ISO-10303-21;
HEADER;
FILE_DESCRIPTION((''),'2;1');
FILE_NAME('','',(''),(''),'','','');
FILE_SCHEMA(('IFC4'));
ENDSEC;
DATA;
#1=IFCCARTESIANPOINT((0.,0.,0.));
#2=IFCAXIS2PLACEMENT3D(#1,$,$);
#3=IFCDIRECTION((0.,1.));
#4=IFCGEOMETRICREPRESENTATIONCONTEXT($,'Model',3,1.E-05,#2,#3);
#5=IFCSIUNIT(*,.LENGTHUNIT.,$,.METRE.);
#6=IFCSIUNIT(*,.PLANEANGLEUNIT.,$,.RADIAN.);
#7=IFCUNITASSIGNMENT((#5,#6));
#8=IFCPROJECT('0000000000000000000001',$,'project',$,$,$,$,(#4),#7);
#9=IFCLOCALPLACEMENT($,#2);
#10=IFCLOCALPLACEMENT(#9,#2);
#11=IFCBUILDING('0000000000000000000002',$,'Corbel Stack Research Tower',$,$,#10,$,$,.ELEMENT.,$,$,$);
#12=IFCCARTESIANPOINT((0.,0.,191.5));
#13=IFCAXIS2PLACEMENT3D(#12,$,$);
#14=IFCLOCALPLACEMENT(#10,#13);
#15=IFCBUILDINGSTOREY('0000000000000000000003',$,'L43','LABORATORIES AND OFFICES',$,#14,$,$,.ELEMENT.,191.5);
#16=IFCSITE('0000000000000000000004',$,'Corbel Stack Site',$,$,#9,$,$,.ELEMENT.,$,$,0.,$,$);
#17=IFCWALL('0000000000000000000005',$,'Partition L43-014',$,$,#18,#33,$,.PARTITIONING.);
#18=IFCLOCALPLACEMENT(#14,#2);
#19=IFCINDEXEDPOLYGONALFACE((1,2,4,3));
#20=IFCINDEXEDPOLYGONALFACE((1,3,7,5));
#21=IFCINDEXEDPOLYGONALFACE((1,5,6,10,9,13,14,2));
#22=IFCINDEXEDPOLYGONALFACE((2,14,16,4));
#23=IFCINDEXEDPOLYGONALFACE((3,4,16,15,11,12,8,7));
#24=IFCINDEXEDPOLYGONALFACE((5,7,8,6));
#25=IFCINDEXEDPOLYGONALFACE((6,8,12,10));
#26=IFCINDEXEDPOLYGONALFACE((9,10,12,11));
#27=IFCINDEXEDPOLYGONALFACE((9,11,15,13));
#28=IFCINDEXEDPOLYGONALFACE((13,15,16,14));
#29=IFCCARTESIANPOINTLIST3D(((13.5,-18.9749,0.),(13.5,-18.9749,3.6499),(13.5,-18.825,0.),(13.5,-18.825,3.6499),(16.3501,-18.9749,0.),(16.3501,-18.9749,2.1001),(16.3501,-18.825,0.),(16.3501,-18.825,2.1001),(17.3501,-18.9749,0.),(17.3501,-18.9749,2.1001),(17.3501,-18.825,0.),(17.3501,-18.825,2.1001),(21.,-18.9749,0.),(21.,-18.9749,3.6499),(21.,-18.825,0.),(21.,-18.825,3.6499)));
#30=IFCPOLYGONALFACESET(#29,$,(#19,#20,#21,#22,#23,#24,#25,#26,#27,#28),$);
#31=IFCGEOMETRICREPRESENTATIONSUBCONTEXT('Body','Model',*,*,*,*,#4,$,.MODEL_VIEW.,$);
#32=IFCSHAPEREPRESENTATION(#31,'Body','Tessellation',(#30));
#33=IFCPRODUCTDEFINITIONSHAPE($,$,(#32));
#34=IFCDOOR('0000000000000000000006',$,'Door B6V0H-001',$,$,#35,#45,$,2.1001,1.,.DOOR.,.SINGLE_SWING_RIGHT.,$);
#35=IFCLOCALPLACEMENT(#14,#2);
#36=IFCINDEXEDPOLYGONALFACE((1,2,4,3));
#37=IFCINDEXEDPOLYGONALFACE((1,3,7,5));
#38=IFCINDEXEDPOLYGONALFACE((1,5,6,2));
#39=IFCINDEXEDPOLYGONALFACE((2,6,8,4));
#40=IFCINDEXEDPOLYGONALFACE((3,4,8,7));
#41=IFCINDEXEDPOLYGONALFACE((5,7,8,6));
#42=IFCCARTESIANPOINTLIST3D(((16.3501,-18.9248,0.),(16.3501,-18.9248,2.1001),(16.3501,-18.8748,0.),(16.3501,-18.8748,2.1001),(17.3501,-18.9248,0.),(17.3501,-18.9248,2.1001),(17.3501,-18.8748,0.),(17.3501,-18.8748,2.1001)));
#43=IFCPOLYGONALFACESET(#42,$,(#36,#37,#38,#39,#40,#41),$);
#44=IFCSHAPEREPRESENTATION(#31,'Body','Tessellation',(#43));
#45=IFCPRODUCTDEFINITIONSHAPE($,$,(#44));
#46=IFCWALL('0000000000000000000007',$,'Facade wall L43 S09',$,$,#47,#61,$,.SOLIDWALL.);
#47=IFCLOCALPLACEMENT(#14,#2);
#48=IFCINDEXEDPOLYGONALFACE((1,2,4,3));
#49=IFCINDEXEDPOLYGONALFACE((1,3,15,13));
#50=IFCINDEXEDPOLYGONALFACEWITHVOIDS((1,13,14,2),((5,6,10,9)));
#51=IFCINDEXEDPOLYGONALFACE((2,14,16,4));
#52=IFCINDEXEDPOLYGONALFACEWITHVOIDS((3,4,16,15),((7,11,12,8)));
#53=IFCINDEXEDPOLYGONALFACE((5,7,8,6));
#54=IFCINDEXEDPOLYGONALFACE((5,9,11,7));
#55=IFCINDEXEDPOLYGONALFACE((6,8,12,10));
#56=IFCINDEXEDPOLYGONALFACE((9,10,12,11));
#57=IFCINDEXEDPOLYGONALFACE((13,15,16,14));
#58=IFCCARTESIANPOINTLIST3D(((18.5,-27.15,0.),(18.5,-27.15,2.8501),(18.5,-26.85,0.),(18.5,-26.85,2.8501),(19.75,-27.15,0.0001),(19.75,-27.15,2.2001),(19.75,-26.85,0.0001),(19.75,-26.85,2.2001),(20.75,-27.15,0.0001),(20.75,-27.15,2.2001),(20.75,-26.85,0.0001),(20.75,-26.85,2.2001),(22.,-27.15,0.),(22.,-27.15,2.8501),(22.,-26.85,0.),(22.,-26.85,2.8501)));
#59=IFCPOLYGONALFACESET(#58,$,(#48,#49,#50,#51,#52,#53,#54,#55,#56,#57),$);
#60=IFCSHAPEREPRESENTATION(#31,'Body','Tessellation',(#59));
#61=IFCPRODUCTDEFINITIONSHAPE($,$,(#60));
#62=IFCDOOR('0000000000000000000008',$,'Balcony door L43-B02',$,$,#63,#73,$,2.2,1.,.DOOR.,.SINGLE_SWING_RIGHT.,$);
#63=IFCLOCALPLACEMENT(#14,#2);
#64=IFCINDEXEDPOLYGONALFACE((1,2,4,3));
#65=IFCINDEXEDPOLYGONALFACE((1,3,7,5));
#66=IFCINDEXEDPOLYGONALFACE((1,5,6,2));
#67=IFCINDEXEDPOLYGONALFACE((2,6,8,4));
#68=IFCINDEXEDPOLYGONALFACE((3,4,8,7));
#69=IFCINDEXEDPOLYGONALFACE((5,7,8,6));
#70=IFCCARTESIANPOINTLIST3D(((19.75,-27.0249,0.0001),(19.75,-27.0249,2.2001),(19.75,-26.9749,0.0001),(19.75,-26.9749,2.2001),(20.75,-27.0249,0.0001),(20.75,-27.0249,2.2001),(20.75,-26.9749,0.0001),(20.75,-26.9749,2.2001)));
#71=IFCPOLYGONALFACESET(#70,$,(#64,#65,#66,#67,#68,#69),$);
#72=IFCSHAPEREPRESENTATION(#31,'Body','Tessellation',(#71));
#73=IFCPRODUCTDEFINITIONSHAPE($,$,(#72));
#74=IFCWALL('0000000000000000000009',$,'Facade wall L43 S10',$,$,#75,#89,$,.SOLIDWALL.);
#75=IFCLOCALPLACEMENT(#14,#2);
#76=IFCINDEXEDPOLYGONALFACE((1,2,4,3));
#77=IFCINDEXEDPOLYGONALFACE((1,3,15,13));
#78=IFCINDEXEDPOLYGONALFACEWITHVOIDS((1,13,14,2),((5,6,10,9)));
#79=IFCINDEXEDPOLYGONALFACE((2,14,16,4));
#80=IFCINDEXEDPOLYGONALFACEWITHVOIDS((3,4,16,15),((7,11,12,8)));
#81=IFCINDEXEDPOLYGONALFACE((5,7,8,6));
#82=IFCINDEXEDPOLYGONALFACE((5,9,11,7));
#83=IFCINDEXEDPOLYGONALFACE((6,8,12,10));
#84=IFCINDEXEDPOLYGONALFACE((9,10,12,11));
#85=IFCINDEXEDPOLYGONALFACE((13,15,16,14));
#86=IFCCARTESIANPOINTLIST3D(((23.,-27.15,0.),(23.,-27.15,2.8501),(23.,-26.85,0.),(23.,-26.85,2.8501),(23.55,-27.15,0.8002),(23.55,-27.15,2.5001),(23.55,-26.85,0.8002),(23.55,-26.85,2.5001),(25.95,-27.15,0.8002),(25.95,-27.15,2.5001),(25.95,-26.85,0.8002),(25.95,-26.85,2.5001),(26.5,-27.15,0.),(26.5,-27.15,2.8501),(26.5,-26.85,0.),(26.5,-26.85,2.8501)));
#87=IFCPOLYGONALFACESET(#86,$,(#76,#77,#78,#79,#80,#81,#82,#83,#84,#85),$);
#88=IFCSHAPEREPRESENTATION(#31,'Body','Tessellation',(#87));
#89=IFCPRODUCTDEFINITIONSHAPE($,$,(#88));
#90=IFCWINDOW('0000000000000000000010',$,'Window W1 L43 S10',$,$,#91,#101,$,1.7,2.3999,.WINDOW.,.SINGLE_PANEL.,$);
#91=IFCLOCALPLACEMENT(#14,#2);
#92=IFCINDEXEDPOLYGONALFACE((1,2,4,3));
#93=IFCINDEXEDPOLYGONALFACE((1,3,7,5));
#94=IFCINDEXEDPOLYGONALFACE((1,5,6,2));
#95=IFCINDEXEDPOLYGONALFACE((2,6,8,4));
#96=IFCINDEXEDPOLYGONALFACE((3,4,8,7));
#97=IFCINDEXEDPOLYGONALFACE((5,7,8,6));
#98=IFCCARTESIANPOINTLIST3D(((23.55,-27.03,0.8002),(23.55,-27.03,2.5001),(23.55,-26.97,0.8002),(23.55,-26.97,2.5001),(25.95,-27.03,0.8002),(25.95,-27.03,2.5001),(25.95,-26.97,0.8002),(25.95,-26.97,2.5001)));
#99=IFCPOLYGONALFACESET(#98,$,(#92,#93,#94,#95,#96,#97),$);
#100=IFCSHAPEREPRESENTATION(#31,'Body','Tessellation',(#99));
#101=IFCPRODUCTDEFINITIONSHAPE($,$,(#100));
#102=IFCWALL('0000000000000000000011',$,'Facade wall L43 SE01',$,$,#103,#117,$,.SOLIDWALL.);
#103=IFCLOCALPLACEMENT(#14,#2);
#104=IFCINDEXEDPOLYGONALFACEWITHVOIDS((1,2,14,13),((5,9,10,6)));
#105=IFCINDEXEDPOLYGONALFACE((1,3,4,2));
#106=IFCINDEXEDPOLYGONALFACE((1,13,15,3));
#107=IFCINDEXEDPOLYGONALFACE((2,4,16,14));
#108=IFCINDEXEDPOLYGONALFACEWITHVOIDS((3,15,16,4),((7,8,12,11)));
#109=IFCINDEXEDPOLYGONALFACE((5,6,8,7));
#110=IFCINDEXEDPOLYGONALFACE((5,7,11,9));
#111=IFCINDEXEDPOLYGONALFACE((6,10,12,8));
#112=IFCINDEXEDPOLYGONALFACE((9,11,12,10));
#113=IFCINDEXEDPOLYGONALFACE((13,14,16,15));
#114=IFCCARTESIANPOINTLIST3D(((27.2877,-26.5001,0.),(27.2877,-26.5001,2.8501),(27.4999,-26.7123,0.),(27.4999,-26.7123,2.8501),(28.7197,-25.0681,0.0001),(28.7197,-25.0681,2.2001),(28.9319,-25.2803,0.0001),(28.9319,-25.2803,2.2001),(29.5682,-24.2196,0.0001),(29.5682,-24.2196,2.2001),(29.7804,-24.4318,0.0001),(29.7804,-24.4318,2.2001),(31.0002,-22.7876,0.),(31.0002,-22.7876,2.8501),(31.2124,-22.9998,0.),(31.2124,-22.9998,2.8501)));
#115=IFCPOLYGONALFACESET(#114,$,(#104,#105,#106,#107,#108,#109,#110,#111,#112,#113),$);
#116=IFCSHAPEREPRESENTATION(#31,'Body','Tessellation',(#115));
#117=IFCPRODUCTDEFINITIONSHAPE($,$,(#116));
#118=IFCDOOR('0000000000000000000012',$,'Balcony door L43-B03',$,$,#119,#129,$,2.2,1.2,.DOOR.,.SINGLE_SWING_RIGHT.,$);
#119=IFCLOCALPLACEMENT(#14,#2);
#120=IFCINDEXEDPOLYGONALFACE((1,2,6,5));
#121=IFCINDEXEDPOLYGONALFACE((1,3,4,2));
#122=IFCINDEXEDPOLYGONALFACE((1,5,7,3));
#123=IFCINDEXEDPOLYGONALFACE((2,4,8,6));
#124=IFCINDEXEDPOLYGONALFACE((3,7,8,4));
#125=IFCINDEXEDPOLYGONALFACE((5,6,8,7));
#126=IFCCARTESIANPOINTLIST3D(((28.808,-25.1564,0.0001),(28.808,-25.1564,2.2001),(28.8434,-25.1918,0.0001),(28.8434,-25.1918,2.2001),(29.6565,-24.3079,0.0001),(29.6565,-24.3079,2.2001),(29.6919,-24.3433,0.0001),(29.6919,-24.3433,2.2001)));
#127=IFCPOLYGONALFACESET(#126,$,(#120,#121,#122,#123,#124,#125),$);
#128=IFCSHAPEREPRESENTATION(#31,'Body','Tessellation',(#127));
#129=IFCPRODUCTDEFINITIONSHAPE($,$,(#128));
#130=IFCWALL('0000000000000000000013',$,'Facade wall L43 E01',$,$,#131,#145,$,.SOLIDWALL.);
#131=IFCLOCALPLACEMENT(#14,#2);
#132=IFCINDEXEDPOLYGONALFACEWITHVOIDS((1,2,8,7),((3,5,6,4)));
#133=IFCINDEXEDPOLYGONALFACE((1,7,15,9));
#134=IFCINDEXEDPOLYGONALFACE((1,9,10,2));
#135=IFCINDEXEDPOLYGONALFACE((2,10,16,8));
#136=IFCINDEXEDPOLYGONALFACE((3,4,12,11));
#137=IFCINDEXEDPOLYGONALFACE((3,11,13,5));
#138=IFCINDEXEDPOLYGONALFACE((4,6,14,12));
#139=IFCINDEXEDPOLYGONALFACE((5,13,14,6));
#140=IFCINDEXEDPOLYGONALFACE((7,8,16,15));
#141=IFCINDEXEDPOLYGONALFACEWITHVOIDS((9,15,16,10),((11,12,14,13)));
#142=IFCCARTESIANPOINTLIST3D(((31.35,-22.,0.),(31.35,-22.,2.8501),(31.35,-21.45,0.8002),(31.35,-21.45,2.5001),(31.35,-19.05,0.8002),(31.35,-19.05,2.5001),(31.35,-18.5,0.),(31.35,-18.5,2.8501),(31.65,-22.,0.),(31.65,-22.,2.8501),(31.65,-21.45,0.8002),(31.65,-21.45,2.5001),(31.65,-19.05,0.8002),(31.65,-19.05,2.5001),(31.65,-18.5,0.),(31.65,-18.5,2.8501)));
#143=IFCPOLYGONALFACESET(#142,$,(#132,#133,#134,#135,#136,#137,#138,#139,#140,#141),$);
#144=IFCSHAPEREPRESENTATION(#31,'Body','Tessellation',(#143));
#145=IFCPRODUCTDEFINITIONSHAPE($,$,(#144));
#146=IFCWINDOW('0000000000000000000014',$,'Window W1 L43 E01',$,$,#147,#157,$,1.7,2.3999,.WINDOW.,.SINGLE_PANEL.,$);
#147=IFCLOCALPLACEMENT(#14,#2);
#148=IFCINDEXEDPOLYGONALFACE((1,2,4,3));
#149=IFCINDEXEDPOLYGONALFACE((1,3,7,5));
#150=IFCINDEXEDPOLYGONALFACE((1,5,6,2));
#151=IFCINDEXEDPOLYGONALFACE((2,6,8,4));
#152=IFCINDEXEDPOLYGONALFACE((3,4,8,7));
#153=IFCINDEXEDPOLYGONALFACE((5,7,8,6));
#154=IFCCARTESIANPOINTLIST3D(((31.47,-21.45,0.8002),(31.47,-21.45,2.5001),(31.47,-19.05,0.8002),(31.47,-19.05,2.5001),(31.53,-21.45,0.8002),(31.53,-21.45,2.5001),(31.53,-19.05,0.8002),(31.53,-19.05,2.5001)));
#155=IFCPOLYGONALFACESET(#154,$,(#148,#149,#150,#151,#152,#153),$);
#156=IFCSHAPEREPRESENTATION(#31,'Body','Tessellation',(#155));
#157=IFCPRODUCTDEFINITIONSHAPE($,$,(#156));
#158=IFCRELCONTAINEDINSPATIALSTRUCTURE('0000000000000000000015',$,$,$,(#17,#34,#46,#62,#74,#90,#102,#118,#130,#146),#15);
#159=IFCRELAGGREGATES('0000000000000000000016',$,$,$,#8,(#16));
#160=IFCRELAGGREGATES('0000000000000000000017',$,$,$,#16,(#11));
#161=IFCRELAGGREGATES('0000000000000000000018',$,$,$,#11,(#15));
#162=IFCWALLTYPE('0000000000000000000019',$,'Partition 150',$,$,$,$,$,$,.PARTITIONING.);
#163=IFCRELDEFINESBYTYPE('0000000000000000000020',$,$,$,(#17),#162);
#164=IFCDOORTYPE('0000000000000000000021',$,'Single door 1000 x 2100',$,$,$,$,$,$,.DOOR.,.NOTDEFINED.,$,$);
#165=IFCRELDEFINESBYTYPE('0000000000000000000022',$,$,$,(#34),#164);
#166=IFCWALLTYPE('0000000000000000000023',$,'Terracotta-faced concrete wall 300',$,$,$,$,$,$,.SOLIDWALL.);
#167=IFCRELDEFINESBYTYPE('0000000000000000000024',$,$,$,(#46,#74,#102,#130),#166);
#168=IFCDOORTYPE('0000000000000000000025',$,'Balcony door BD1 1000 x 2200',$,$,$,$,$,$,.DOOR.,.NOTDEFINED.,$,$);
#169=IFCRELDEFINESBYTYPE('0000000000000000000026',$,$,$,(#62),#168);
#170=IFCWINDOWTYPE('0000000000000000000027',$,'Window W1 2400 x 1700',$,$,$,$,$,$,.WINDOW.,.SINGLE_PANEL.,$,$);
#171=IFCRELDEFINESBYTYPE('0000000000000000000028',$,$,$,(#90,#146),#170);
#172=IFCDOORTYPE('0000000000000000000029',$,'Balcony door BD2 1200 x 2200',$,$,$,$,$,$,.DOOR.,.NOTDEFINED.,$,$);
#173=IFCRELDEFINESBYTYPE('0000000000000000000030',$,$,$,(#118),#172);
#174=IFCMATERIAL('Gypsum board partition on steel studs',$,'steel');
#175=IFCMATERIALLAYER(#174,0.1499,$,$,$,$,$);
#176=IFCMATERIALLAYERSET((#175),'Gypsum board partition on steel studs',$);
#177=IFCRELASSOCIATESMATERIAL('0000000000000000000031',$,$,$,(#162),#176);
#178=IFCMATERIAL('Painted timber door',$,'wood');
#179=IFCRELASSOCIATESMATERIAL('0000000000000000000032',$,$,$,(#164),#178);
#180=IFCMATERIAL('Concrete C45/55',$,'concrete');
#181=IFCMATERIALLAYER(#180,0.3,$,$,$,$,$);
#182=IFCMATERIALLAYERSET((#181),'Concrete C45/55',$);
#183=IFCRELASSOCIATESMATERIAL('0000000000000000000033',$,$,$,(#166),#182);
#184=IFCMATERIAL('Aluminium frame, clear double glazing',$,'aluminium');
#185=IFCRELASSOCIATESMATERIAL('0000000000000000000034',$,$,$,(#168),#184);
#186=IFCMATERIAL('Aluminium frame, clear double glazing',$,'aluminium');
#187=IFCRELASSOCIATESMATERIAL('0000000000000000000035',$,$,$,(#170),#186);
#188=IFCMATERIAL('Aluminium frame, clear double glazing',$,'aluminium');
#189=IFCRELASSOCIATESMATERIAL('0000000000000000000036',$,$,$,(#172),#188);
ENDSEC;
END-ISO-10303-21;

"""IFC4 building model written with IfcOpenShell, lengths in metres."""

from ifc_helpers import new_model, si_unit, direction, frame, frame_2d, origin, place, context, subcontext, project, spatial, rectangle, extrude, material, layer, layer_set, type_object, element, fill, save


model = new_model("IFC4")

# Units and contexts
model_context = context("Model", 3, precision=1e-05, world=origin(), true_north=direction((0.0, 1.0)))
body_context = subcontext(model_context, "Body", "Model", "MODEL_VIEW")
ifc_project = project(units=[si_unit("LENGTHUNIT", "METRE"), si_unit("PLANEANGLEUNIT", "RADIAN")], contexts=[model_context])

# Site, building, storey
site_placement = place(None, origin())
site = spatial("IfcSite", under=ifc_project, at=site_placement, Name="Corbel Stack Site", CompositionType="ELEMENT", RefElevation=0.0)
building_placement = place(site_placement, origin())
building = spatial("IfcBuilding", under=site, at=building_placement, Name="Corbel Stack Research Tower", CompositionType="ELEMENT")
storey_placement = place(building_placement, frame((0.0, 0.0, 191.5)))
storey = spatial("IfcBuildingStorey", under=building, at=storey_placement, Name="L43", Description="LABORATORIES AND OFFICES", CompositionType="ELEMENT", Elevation=191.5)

# Walls, openings, doors
ifc_material_1 = material(Name="Gypsum board partition on steel studs", Category="steel")
ifc_layer_1 = layer(ifc_material_1, 0.1499)
ifc_layer_set_1 = layer_set([ifc_layer_1], Name="Gypsum board partition on steel studs")
wall_type_1 = type_object("IfcWallType", Name="Partition 150", PredefinedType="PARTITIONING", material=ifc_layer_set_1)
wall_1_placement = place(storey_placement, frame((21.0, -18.8999, 0.0), z_axis=(0.0, 0.0, 1.0), x_axis=(-1.0, 0.0, 0.0)))
wall_1 = element("IfcWall", 1, at=wall_1_placement, inside=storey, type_object=wall_type_1, Name="Partition L43-014", PredefinedType="PARTITIONING", context=body_context, shape_type="SweptSolid", body=[
    extrude(rectangle(XDim=7.5, YDim=0.1499, at=frame_2d((3.75, 0.0))), origin(), (0.0, 0.0, 1.0), 3.6499),
])
opening_1_placement = place(wall_1_placement, frame((3.6499, 0.0, 0.0)))
opening_1 = element("IfcOpeningElement", 2, at=opening_1_placement, cuts=wall_1, PredefinedType="OPENING", context=body_context, shape_type="SweptSolid", body=[
    extrude(rectangle(XDim=1.0, YDim=2.1001, at=frame_2d((0.5, 1.05))), frame((0.0, 0.085, 0.0), z_axis=(0.0, -1.0, 0.0), x_axis=(1.0, 0.0, 0.0)), (0.0, 0.0, 1.0), 0.1699),
])
ifc_material_2 = material(Name="Painted timber door", Category="wood")
door_type_1 = type_object("IfcDoorType", Name="Single door 1000 x 2100", OperationType="NOTDEFINED", PredefinedType="DOOR", material=ifc_material_2)
door_1_placement = place(opening_1_placement, origin())
door_1 = element("IfcDoor", 3, at=door_1_placement, inside=storey, type_object=door_type_1, Name="Door B6V0H-001", OperationType="SINGLE_SWING_RIGHT", OverallHeight=2.1001, OverallWidth=1.0, PredefinedType="DOOR", context=body_context, shape_type="SweptSolid", body=[
    extrude(rectangle(XDim=1.0, YDim=2.1001, at=frame_2d((0.5, 1.05))), frame((0.0, 0.0249, 0.0), z_axis=(0.0, -1.0, 0.0), x_axis=(1.0, 0.0, 0.0)), (0.0, 0.0, 1.0), 0.05),
])
fill(opening_1, door_1)
ifc_material_3 = material(Name="Concrete C45/55", Category="concrete")
ifc_layer_2 = layer(ifc_material_3, 0.3)
ifc_layer_set_2 = layer_set([ifc_layer_2], Name="Concrete C45/55")
wall_type_2 = type_object("IfcWallType", Name="Terracotta-faced concrete wall 300", PredefinedType="SOLIDWALL", material=ifc_layer_set_2)
wall_2_placement = place(storey_placement, frame((22.0, -27.0, 0.0), z_axis=(0.0, 0.0, 1.0), x_axis=(-1.0, 0.0, 0.0)))
wall_2 = element("IfcWall", 4, at=wall_2_placement, inside=storey, type_object=wall_type_2, Name="Facade wall L43 S09", PredefinedType="SOLIDWALL", context=body_context, shape_type="SweptSolid", body=[
    extrude(rectangle(XDim=3.5, YDim=0.3, at=frame_2d((1.75, 0.0))), origin(), (0.0, 0.0, 1.0), 2.8501),
])
opening_2_placement = place(wall_2_placement, frame((1.25, 0.0, 0.0)))
opening_2 = element("IfcOpeningElement", 5, at=opening_2_placement, cuts=wall_2, PredefinedType="OPENING", context=body_context, shape_type="SweptSolid", body=[
    extrude(rectangle(XDim=1.0, YDim=2.2, at=frame_2d((0.5, 1.1001))), frame((0.0, 0.1599, 0.0), z_axis=(0.0, -1.0, 0.0), x_axis=(1.0, 0.0, 0.0)), (0.0, 0.0, 1.0), 0.3201),
])
ifc_material_4 = material(Name="Aluminium frame, clear double glazing", Category="aluminium")
door_type_2 = type_object("IfcDoorType", Name="Balcony door BD1 1000 x 2200", OperationType="NOTDEFINED", PredefinedType="DOOR", material=ifc_material_4)
door_2_placement = place(opening_2_placement, origin())
door_2 = element("IfcDoor", 6, at=door_2_placement, inside=storey, type_object=door_type_2, Name="Balcony door L43-B02", OperationType="SINGLE_SWING_RIGHT", OverallHeight=2.2, OverallWidth=1.0, PredefinedType="DOOR", context=body_context, shape_type="SweptSolid", body=[
    extrude(rectangle(XDim=1.0, YDim=2.2, at=frame_2d((0.5, 1.1001))), frame((0.0, 0.0249, 0.0), z_axis=(0.0, -1.0, 0.0), x_axis=(1.0, 0.0, 0.0)), (0.0, 0.0, 1.0), 0.05),
])
fill(opening_2, door_2)

# Wall, opening, window
wall_3_placement = place(storey_placement, frame((26.5, -27.0, 0.0), z_axis=(0.0, 0.0, 1.0), x_axis=(-1.0, 0.0, 0.0)))
wall_3 = element("IfcWall", 7, at=wall_3_placement, inside=storey, type_object=wall_type_2, Name="Facade wall L43 S10", PredefinedType="SOLIDWALL", context=body_context, shape_type="SweptSolid", body=[
    extrude(rectangle(XDim=3.5, YDim=0.3, at=frame_2d((1.75, 0.0))), origin(), (0.0, 0.0, 1.0), 2.8501),
])
opening_3_placement = place(wall_3_placement, frame((0.55, 0.0, 0.8)))
opening_3 = element("IfcOpeningElement", 8, at=opening_3_placement, cuts=wall_3, PredefinedType="OPENING", context=body_context, shape_type="SweptSolid", body=[
    extrude(rectangle(XDim=2.3999, YDim=1.7, at=frame_2d((1.2, 0.8501))), frame((0.0, 0.1599, 0.0), z_axis=(0.0, -1.0, 0.0), x_axis=(1.0, 0.0, 0.0)), (0.0, 0.0, 1.0), 0.3201),
])
ifc_material_5 = material(Name="Aluminium frame, clear double glazing", Category="aluminium")
window_type = type_object("IfcWindowType", Name="Window W1 2400 x 1700", PartitioningType="SINGLE_PANEL", PredefinedType="WINDOW", material=ifc_material_5)
window_1_placement = place(opening_3_placement, origin())
window_1 = element("IfcWindow", 9, at=window_1_placement, inside=storey, type_object=window_type, Name="Window W1 L43 S10", OverallHeight=1.7, OverallWidth=2.3999, PartitioningType="SINGLE_PANEL", PredefinedType="WINDOW", context=body_context, shape_type="SweptSolid", body=[
    extrude(rectangle(XDim=2.3999, YDim=1.7, at=frame_2d((1.2, 0.8501))), frame((0.0, 0.03, 0.0), z_axis=(0.0, -1.0, 0.0), x_axis=(1.0, 0.0, 0.0)), (0.0, 0.0, 1.0), 0.0601),
])
fill(opening_3, window_1)

# Wall, opening, door
wall_4_placement = place(storey_placement, frame((31.1062, -22.8938, 0.0), z_axis=(0.0, 0.0, 1.0), x_axis=(-0.707107, -0.707107, 0.0)))
wall_4 = element("IfcWall", 10, at=wall_4_placement, inside=storey, type_object=wall_type_2, Name="Facade wall L43 SE01", PredefinedType="SOLIDWALL", context=body_context, shape_type="SweptSolid", body=[
    extrude(rectangle(XDim=5.2502, YDim=0.3, at=frame_2d((2.625, 0.0))), origin(), (0.0, 0.0, 1.0), 2.8501),
])
opening_4_placement = place(wall_4_placement, frame((2.0249, 0.0, 0.0)))
opening_4 = element("IfcOpeningElement", 11, at=opening_4_placement, cuts=wall_4, PredefinedType="OPENING", context=body_context, shape_type="SweptSolid", body=[
    extrude(rectangle(XDim=1.2, YDim=2.2, at=frame_2d((0.6001, 1.1001))), frame((0.0, 0.1599, 0.0), z_axis=(0.0, -1.0, 0.0), x_axis=(1.0, 0.0, 0.0)), (0.0, 0.0, 1.0), 0.3201),
])
ifc_material_6 = material(Name="Aluminium frame, clear double glazing", Category="aluminium")
door_type_3 = type_object("IfcDoorType", Name="Balcony door BD2 1200 x 2200", OperationType="NOTDEFINED", PredefinedType="DOOR", material=ifc_material_6)
door_3_placement = place(opening_4_placement, origin())
door_3 = element("IfcDoor", 12, at=door_3_placement, inside=storey, type_object=door_type_3, Name="Balcony door L43-B03", OperationType="SINGLE_SWING_RIGHT", OverallHeight=2.2, OverallWidth=1.2, PredefinedType="DOOR", context=body_context, shape_type="SweptSolid", body=[
    extrude(rectangle(XDim=1.2, YDim=2.2, at=frame_2d((0.6001, 1.1001))), frame((0.0, 0.0249, 0.0), z_axis=(0.0, -1.0, 0.0), x_axis=(1.0, 0.0, 0.0)), (0.0, 0.0, 1.0), 0.05),
])
fill(opening_4, door_3)

# Wall, opening, window
wall_5_placement = place(storey_placement, frame((31.5, -18.5, 0.0), z_axis=(0.0, 0.0, 1.0), x_axis=(0.0, -1.0, 0.0)))
wall_5 = element("IfcWall", 13, at=wall_5_placement, inside=storey, type_object=wall_type_2, Name="Facade wall L43 E01", PredefinedType="SOLIDWALL", context=body_context, shape_type="SweptSolid", body=[
    extrude(rectangle(XDim=3.5, YDim=0.3, at=frame_2d((1.75, 0.0))), origin(), (0.0, 0.0, 1.0), 2.8501),
])
opening_5_placement = place(wall_5_placement, frame((0.55, 0.0, 0.8)))
opening_5 = element("IfcOpeningElement", 14, at=opening_5_placement, cuts=wall_5, PredefinedType="OPENING", context=body_context, shape_type="SweptSolid", body=[
    extrude(rectangle(XDim=2.3999, YDim=1.7, at=frame_2d((1.2, 0.8501))), frame((0.0, 0.1599, 0.0), z_axis=(0.0, -1.0, 0.0), x_axis=(1.0, 0.0, 0.0)), (0.0, 0.0, 1.0), 0.3201),
])
window_2_placement = place(opening_5_placement, origin())
window_2 = element("IfcWindow", 15, at=window_2_placement, inside=storey, type_object=window_type, Name="Window W1 L43 E01", OverallHeight=1.7, OverallWidth=2.3999, PartitioningType="SINGLE_PANEL", PredefinedType="WINDOW", context=body_context, shape_type="SweptSolid", body=[
    extrude(rectangle(XDim=2.3999, YDim=1.7, at=frame_2d((1.2, 0.8501))), frame((0.0, 0.03, 0.0), z_axis=(0.0, -1.0, 0.0), x_axis=(1.0, 0.0, 0.0)), (0.0, 0.0, 1.0), 0.0601),
])
fill(opening_5, window_2)

save(model, "model.ifc")
